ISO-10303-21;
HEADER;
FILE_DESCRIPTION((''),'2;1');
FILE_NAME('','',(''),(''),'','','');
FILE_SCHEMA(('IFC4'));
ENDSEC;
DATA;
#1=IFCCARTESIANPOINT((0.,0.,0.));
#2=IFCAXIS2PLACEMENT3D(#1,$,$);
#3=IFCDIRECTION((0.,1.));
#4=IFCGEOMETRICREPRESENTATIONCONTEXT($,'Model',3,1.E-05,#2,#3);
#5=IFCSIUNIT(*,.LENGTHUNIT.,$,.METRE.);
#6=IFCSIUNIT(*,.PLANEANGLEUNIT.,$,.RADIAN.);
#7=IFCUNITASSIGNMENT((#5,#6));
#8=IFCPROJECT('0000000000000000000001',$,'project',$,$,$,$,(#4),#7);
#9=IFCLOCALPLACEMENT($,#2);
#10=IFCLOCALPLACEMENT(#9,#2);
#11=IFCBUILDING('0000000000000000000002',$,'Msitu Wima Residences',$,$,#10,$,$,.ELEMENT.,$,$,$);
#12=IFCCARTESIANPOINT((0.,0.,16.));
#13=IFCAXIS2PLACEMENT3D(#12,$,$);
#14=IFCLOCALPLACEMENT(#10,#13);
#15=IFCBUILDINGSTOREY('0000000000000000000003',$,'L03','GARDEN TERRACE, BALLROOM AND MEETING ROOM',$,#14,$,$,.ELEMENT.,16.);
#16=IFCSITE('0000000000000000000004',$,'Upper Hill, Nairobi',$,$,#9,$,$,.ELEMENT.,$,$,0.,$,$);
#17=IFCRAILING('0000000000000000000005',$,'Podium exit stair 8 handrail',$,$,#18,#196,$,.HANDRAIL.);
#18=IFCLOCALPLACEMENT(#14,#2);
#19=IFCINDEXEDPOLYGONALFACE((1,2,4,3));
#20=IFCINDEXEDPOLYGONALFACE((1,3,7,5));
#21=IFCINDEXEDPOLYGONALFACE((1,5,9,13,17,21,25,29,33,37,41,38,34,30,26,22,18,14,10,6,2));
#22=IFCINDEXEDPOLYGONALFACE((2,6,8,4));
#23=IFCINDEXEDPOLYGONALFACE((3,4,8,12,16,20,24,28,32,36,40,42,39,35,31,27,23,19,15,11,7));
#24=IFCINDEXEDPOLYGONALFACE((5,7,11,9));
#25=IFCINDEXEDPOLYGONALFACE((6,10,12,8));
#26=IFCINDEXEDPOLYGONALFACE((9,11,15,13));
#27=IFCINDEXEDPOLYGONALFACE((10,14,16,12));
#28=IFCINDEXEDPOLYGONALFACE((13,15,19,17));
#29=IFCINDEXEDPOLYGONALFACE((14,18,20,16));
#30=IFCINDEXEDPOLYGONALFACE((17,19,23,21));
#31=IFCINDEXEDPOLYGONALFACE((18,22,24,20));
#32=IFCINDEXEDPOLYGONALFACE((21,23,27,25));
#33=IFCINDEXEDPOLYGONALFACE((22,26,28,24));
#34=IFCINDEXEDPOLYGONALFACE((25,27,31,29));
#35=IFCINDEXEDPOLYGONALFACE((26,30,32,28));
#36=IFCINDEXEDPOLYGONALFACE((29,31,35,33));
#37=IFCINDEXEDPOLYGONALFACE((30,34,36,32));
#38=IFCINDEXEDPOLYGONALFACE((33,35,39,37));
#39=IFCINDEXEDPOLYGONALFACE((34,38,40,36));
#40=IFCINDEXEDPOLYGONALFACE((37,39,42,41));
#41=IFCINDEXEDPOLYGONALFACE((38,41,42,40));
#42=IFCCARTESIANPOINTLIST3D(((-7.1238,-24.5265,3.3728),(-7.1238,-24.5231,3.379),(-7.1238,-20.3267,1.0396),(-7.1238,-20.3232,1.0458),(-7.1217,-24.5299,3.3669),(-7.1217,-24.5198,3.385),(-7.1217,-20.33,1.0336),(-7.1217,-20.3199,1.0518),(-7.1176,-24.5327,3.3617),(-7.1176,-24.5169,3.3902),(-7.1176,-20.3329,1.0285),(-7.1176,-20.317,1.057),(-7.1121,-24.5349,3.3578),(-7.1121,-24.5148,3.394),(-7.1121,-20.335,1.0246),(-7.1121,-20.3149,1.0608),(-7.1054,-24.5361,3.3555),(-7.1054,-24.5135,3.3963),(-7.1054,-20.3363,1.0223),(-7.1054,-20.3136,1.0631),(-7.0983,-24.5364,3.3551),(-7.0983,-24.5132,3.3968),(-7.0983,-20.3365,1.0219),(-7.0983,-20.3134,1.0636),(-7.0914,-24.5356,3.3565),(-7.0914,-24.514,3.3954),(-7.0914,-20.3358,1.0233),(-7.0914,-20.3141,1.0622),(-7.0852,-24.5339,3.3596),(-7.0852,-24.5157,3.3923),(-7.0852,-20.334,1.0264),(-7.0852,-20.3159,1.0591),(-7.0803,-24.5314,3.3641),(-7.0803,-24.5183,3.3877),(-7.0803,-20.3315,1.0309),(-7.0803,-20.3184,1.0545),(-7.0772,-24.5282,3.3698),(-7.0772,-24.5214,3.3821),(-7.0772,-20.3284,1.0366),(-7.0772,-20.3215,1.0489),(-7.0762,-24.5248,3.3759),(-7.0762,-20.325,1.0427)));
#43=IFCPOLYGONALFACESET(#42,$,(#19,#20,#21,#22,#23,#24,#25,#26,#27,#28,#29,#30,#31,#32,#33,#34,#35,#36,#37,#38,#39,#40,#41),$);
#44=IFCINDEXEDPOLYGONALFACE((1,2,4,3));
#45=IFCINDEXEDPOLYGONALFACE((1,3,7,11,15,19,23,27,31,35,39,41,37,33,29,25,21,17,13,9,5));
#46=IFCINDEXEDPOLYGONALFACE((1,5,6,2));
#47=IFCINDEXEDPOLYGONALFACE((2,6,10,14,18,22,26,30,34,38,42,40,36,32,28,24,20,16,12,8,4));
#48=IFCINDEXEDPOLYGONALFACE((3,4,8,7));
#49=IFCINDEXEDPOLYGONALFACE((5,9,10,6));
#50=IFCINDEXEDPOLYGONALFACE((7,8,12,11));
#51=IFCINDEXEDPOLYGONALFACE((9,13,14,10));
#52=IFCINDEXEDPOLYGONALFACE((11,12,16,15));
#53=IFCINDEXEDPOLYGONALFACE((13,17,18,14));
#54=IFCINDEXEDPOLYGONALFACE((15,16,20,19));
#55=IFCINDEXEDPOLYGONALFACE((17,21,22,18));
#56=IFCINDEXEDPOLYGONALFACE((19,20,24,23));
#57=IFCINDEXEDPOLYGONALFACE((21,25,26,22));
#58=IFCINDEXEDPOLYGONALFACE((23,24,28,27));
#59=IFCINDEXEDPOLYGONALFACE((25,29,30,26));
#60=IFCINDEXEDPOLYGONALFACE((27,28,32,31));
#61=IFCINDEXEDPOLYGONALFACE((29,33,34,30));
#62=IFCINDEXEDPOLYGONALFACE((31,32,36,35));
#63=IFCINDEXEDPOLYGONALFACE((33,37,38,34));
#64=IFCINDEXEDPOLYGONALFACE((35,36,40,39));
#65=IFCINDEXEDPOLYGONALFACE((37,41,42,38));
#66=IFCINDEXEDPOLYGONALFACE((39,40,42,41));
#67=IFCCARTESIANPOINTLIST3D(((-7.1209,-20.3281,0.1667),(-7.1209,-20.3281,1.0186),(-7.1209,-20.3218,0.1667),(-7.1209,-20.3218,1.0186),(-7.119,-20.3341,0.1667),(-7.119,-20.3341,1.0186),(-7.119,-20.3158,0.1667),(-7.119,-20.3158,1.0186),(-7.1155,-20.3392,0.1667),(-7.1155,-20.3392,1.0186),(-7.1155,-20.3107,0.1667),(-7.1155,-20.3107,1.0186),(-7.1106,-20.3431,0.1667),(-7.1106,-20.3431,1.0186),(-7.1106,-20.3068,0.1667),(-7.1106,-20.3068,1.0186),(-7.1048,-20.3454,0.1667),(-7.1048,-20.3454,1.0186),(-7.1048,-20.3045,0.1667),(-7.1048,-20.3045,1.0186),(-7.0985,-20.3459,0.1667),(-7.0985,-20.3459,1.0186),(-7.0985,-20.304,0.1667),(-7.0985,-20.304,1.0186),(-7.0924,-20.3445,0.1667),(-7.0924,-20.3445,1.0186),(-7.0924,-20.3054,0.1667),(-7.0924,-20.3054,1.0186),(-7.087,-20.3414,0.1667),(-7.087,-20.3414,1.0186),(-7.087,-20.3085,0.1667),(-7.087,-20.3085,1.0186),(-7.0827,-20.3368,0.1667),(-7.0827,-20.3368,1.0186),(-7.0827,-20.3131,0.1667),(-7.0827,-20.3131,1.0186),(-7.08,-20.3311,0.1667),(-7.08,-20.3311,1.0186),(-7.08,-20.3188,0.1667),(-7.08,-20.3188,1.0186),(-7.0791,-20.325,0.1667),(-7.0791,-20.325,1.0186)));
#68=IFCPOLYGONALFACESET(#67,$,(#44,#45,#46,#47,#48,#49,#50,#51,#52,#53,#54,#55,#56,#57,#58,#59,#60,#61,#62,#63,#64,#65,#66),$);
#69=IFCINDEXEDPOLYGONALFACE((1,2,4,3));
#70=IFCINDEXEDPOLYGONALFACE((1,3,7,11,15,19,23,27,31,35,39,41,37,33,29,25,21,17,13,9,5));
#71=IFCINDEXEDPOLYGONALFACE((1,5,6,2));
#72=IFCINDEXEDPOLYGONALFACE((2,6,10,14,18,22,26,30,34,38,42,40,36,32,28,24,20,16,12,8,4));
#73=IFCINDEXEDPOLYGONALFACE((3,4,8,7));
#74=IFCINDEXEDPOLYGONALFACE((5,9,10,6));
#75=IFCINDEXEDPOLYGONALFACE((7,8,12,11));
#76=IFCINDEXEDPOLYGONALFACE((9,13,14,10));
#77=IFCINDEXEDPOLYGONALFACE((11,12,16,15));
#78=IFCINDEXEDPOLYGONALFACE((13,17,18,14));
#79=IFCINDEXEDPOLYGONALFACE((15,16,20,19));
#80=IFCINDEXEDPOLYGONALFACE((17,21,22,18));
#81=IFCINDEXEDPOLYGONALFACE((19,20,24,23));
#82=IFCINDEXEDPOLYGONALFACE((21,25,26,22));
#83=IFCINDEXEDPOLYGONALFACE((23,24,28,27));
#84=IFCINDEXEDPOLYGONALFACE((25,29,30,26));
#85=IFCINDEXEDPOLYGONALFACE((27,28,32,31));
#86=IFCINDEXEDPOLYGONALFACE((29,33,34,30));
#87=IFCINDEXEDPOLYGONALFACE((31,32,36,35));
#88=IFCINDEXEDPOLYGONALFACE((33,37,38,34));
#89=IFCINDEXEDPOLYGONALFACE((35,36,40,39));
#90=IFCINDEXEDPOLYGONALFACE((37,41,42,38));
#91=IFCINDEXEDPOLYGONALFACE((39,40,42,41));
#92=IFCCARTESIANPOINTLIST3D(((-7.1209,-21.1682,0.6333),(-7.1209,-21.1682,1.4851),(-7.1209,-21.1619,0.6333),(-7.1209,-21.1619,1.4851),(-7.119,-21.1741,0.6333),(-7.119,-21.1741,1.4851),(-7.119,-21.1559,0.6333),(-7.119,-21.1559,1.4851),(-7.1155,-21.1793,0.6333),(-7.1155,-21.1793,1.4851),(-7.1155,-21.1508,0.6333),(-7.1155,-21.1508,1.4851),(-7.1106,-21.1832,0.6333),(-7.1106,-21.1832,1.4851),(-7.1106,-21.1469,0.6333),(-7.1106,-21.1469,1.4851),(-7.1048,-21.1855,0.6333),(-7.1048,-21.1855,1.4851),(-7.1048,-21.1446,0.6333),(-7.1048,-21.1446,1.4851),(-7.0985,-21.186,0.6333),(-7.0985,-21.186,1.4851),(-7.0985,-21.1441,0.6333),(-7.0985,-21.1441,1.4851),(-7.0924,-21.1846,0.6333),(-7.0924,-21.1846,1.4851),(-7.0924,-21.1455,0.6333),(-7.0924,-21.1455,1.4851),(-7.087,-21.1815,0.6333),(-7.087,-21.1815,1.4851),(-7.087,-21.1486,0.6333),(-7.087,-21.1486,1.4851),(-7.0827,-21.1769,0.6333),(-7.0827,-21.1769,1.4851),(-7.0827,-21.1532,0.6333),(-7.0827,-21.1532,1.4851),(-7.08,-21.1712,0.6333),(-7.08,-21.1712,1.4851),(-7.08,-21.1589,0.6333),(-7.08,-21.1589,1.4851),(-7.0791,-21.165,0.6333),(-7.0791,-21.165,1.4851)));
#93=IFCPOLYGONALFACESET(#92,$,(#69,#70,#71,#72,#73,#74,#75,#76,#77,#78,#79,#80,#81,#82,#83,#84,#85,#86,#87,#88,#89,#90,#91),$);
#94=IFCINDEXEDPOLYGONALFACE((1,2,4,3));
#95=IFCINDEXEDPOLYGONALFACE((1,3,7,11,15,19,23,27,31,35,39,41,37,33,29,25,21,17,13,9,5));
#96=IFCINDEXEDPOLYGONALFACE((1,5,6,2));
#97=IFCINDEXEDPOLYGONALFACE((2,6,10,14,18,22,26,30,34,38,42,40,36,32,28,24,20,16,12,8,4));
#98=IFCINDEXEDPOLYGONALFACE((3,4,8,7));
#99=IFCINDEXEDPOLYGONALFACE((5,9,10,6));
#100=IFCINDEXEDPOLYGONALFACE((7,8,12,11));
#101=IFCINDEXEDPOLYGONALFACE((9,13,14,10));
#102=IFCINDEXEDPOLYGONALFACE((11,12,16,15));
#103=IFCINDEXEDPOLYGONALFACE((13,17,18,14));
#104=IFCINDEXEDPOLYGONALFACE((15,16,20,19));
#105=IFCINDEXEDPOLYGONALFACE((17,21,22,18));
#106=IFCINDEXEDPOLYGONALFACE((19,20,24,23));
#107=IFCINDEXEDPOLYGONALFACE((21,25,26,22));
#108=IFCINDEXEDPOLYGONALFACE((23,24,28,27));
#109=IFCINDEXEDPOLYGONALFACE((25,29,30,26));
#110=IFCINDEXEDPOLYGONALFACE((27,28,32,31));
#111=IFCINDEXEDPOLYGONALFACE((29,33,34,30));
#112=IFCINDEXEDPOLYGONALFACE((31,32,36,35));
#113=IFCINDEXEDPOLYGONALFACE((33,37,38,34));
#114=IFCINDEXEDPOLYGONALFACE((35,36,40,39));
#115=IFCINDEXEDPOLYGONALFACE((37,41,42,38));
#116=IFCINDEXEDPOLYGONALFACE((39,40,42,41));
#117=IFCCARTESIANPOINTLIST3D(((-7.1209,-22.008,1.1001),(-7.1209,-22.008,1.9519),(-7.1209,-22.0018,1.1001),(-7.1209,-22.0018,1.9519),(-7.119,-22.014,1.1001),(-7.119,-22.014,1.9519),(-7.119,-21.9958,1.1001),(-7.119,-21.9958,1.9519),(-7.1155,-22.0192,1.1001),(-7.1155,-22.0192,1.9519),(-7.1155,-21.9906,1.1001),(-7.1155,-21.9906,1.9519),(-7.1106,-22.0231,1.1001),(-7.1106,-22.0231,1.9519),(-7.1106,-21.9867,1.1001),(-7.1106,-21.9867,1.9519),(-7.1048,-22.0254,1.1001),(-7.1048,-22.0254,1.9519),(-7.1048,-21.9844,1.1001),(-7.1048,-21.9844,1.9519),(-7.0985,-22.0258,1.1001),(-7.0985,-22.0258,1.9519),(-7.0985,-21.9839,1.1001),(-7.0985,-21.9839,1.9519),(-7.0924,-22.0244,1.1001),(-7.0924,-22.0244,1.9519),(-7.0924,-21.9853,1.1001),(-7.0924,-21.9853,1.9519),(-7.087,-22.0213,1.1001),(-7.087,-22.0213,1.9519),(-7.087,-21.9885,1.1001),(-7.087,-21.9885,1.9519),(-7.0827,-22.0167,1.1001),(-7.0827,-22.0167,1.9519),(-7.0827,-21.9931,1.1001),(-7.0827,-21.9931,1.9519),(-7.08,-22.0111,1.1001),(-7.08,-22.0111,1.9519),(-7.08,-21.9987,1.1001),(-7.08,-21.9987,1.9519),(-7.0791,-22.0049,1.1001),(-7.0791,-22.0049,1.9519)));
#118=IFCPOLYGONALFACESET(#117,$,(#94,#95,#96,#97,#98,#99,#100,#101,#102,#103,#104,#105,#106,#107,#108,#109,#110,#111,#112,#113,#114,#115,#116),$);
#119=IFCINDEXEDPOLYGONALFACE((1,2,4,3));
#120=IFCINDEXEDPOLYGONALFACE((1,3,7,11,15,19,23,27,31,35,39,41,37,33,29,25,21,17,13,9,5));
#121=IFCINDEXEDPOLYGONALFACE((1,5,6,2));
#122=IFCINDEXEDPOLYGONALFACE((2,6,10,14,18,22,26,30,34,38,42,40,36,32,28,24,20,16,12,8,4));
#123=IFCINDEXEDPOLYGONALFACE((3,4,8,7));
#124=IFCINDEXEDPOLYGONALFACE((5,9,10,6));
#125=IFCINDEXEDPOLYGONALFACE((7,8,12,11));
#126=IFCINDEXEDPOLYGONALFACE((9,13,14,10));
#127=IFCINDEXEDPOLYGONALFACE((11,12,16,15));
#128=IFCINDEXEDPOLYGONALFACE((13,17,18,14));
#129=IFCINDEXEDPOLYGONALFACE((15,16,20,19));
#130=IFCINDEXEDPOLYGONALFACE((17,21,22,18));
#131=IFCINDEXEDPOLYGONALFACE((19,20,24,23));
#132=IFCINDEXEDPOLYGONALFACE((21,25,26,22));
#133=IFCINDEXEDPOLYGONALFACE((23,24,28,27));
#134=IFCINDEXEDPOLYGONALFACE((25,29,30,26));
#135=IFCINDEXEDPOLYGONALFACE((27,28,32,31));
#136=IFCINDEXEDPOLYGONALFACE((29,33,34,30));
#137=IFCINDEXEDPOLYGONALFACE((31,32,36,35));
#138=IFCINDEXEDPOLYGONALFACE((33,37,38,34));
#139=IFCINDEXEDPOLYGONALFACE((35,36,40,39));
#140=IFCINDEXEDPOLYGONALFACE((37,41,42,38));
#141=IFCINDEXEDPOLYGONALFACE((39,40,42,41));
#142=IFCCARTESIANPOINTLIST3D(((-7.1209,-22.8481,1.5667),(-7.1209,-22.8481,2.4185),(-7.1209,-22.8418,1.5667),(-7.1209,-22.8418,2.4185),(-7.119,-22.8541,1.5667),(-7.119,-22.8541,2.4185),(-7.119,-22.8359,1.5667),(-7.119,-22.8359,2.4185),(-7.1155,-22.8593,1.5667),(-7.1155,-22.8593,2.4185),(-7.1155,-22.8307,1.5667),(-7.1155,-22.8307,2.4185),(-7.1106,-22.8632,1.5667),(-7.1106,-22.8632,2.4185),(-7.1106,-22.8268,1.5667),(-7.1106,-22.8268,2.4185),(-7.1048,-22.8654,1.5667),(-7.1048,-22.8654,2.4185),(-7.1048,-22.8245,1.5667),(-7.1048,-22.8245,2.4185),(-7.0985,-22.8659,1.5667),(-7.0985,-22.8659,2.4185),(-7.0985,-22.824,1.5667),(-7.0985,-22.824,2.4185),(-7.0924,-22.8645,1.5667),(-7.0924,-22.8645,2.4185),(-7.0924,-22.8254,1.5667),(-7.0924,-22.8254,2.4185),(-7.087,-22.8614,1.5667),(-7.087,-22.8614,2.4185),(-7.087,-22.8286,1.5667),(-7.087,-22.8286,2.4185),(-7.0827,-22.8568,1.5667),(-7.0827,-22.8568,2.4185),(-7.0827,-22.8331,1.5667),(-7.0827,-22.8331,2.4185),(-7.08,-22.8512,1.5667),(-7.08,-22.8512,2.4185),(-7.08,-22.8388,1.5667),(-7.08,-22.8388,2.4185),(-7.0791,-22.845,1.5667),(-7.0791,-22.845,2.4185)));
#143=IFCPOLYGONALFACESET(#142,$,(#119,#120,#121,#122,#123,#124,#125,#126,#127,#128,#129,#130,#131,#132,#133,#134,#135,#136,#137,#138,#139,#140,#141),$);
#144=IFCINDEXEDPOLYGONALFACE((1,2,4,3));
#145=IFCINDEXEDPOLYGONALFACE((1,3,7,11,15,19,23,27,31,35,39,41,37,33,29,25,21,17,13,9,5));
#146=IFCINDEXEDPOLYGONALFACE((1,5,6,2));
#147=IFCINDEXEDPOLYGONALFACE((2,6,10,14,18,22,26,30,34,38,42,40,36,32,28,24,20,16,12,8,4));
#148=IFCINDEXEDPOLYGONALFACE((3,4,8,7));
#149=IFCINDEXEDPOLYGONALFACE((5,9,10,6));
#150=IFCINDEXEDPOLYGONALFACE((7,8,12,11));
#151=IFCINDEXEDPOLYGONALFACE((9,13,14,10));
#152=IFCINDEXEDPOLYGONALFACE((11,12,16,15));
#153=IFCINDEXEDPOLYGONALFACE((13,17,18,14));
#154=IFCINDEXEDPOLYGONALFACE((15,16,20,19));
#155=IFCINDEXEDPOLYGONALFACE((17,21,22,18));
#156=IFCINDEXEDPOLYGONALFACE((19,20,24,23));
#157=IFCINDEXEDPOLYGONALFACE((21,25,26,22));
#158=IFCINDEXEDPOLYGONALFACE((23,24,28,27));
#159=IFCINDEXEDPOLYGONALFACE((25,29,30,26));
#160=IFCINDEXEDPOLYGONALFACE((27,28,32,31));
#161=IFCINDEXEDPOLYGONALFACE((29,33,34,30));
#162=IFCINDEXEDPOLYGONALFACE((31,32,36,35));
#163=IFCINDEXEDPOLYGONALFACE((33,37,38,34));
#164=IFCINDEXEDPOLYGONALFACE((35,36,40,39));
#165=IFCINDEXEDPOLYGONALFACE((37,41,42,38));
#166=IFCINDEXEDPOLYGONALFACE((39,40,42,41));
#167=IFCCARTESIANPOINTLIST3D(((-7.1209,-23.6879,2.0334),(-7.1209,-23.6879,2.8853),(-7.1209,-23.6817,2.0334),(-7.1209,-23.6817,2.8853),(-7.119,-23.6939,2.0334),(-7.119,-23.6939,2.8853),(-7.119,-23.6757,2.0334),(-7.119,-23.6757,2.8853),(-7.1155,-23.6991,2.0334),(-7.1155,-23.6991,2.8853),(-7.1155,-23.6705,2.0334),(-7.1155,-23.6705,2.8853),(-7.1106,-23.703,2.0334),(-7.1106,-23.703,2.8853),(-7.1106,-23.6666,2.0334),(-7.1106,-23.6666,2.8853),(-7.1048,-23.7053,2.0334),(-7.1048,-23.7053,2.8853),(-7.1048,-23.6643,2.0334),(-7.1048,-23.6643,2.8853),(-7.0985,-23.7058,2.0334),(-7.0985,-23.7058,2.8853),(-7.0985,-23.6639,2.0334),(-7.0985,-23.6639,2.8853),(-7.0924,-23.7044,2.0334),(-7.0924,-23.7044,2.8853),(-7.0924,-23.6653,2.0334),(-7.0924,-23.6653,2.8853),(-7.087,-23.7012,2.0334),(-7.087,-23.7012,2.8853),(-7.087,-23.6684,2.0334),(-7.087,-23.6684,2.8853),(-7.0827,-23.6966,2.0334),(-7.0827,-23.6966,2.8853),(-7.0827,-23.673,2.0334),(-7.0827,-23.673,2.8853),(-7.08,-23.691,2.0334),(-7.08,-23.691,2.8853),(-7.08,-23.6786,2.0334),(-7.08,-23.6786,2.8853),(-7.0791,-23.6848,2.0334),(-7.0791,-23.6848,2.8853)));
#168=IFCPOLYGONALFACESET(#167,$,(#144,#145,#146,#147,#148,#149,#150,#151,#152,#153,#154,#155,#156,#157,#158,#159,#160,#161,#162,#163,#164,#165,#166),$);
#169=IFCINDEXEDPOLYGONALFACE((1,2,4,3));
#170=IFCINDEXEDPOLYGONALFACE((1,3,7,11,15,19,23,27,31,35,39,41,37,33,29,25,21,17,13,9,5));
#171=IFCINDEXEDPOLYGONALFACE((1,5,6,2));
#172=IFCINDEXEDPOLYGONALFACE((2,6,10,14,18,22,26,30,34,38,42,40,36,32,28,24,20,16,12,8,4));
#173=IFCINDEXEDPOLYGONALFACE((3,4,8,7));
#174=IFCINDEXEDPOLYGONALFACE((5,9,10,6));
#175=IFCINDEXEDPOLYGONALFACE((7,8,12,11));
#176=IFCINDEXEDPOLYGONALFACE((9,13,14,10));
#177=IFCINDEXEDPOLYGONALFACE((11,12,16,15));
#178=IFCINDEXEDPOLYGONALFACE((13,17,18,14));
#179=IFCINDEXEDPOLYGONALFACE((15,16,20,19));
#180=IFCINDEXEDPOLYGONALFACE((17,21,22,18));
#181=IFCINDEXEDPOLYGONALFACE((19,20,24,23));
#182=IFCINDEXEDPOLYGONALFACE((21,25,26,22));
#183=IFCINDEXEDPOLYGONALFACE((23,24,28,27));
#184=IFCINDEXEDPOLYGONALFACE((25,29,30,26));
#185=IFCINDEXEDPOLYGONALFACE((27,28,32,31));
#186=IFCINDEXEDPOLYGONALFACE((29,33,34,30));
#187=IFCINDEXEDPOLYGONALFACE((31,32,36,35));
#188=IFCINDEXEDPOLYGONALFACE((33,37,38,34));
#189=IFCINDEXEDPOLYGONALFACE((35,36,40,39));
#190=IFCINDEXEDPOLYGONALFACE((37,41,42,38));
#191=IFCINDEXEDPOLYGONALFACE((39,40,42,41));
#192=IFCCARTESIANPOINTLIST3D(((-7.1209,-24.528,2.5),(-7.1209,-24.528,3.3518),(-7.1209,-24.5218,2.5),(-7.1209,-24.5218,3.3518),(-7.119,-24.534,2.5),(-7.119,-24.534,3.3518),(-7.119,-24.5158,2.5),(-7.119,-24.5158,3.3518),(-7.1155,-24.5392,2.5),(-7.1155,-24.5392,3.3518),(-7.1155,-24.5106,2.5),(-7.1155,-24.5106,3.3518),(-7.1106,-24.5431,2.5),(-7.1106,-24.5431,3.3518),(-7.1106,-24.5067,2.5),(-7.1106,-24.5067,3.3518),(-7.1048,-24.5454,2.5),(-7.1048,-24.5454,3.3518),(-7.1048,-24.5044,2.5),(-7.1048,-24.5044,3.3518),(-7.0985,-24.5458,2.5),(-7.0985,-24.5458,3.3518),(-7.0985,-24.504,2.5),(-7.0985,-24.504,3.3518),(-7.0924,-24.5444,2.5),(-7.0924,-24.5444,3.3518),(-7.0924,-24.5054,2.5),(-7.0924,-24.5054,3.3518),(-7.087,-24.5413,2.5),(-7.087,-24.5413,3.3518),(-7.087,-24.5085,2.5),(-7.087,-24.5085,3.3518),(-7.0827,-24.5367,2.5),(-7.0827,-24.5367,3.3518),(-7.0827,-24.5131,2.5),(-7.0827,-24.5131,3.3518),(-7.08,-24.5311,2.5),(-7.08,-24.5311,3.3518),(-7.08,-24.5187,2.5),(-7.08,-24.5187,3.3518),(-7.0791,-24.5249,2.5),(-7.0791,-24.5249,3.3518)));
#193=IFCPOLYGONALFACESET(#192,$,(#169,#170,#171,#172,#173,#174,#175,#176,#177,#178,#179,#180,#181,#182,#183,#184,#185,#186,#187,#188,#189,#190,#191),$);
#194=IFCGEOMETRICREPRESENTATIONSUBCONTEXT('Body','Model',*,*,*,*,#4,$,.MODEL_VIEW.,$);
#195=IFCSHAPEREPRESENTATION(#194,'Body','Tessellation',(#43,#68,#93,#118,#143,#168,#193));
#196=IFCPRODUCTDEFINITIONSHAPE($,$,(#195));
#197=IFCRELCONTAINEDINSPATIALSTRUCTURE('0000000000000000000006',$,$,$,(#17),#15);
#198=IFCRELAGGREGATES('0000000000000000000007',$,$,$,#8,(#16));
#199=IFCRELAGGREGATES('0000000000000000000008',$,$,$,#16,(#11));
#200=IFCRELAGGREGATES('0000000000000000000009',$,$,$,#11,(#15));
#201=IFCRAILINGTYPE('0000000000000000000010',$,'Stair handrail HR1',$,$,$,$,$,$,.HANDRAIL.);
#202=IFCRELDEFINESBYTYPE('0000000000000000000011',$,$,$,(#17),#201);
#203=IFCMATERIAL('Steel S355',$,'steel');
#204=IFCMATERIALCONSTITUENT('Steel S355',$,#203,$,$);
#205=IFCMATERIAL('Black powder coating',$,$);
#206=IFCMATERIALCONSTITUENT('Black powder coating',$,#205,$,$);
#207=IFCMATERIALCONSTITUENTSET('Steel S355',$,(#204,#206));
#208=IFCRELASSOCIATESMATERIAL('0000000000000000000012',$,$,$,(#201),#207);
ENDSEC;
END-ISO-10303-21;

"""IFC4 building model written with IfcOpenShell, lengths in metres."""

from ifc_helpers import new_model, si_unit, direction, frame, origin, origin_2d, place, context, subcontext, project, spatial, circle, extrude, material, constituent, constituent_set, type_object, element, save


model = new_model("IFC4")

# Units and contexts
model_context = context("Model", 3, precision=1e-05, world=origin(), true_north=direction((0.0, 1.0)))
body_context = subcontext(model_context, "Body", "Model", "MODEL_VIEW")
ifc_project = project(units=[si_unit("LENGTHUNIT", "METRE"), si_unit("PLANEANGLEUNIT", "RADIAN")], contexts=[model_context])

# Site, building, storey
site_placement = place(None, origin())
site = spatial("IfcSite", under=ifc_project, at=site_placement, Name="Upper Hill, Nairobi", CompositionType="ELEMENT", RefElevation=0.0)
building_placement = place(site_placement, origin())
building = spatial("IfcBuilding", under=site, at=building_placement, Name="Msitu Wima Residences", CompositionType="ELEMENT")
storey_placement = place(building_placement, frame((0.0, 0.0, 16.0)))
storey = spatial("IfcBuildingStorey", under=building, at=storey_placement, Name="L03", Description="GARDEN TERRACE, BALLROOM AND MEETING ROOM", CompositionType="ELEMENT", Elevation=16.0)

# Railing
ifc_material_1 = material(Name="Steel S355", Category="steel")
ifc_constituent_1 = constituent(ifc_material_1, Name="Steel S355")
ifc_material_2 = material(Name="Black powder coating")
ifc_constituent_2 = constituent(ifc_material_2, Name="Black powder coating")
ifc_constituent_set = constituent_set(constituents=[ifc_constituent_1, ifc_constituent_2], Name="Steel S355")
railing_type = type_object("IfcRailingType", Name="Stair handrail HR1", PredefinedType="HANDRAIL", material=ifc_constituent_set)
for number, where, name in (
    (1, (-7.1001, -20.325, 0.1667), "Podium exit stair 8 handrail"),
):
    element("IfcRailing", number, at=place(storey_placement, frame(where)), inside=storey, type_object=railing_type, Name=name, PredefinedType="HANDRAIL", context=body_context, shape_type="SweptSolid", body=[
        extrude(circle(Radius=0.0239, at=origin_2d()), frame((0.0, 0.0, 0.876), z_axis=(0.0, -0.874162, 0.485634), x_axis=(1.0, 0.0, 0.0)), (0.0, 0.0, 1.0), 4.8044),
        extrude(circle(Radius=0.021, at=origin_2d()), origin(), (0.0, 0.0, 1.0), 0.8518),
        extrude(circle(Radius=0.021, at=origin_2d()), frame((0.0, -0.8401, 0.4666)), (0.0, 0.0, 1.0), 0.8518),
        extrude(circle(Radius=0.021, at=origin_2d()), frame((0.0, -1.6799, 0.9333)), (0.0, 0.0, 1.0), 0.8518),
        extrude(circle(Radius=0.021, at=origin_2d()), frame((0.0, -2.52, 1.3999)), (0.0, 0.0, 1.0), 0.8518),
        extrude(circle(Radius=0.021, at=origin_2d()), frame((0.0, -3.3599, 1.8667)), (0.0, 0.0, 1.0), 0.8518),
        extrude(circle(Radius=0.021, at=origin_2d()), frame((0.0, -4.2, 2.3333)), (0.0, 0.0, 1.0), 0.8518),
    ])

save(model, "model.ifc")
